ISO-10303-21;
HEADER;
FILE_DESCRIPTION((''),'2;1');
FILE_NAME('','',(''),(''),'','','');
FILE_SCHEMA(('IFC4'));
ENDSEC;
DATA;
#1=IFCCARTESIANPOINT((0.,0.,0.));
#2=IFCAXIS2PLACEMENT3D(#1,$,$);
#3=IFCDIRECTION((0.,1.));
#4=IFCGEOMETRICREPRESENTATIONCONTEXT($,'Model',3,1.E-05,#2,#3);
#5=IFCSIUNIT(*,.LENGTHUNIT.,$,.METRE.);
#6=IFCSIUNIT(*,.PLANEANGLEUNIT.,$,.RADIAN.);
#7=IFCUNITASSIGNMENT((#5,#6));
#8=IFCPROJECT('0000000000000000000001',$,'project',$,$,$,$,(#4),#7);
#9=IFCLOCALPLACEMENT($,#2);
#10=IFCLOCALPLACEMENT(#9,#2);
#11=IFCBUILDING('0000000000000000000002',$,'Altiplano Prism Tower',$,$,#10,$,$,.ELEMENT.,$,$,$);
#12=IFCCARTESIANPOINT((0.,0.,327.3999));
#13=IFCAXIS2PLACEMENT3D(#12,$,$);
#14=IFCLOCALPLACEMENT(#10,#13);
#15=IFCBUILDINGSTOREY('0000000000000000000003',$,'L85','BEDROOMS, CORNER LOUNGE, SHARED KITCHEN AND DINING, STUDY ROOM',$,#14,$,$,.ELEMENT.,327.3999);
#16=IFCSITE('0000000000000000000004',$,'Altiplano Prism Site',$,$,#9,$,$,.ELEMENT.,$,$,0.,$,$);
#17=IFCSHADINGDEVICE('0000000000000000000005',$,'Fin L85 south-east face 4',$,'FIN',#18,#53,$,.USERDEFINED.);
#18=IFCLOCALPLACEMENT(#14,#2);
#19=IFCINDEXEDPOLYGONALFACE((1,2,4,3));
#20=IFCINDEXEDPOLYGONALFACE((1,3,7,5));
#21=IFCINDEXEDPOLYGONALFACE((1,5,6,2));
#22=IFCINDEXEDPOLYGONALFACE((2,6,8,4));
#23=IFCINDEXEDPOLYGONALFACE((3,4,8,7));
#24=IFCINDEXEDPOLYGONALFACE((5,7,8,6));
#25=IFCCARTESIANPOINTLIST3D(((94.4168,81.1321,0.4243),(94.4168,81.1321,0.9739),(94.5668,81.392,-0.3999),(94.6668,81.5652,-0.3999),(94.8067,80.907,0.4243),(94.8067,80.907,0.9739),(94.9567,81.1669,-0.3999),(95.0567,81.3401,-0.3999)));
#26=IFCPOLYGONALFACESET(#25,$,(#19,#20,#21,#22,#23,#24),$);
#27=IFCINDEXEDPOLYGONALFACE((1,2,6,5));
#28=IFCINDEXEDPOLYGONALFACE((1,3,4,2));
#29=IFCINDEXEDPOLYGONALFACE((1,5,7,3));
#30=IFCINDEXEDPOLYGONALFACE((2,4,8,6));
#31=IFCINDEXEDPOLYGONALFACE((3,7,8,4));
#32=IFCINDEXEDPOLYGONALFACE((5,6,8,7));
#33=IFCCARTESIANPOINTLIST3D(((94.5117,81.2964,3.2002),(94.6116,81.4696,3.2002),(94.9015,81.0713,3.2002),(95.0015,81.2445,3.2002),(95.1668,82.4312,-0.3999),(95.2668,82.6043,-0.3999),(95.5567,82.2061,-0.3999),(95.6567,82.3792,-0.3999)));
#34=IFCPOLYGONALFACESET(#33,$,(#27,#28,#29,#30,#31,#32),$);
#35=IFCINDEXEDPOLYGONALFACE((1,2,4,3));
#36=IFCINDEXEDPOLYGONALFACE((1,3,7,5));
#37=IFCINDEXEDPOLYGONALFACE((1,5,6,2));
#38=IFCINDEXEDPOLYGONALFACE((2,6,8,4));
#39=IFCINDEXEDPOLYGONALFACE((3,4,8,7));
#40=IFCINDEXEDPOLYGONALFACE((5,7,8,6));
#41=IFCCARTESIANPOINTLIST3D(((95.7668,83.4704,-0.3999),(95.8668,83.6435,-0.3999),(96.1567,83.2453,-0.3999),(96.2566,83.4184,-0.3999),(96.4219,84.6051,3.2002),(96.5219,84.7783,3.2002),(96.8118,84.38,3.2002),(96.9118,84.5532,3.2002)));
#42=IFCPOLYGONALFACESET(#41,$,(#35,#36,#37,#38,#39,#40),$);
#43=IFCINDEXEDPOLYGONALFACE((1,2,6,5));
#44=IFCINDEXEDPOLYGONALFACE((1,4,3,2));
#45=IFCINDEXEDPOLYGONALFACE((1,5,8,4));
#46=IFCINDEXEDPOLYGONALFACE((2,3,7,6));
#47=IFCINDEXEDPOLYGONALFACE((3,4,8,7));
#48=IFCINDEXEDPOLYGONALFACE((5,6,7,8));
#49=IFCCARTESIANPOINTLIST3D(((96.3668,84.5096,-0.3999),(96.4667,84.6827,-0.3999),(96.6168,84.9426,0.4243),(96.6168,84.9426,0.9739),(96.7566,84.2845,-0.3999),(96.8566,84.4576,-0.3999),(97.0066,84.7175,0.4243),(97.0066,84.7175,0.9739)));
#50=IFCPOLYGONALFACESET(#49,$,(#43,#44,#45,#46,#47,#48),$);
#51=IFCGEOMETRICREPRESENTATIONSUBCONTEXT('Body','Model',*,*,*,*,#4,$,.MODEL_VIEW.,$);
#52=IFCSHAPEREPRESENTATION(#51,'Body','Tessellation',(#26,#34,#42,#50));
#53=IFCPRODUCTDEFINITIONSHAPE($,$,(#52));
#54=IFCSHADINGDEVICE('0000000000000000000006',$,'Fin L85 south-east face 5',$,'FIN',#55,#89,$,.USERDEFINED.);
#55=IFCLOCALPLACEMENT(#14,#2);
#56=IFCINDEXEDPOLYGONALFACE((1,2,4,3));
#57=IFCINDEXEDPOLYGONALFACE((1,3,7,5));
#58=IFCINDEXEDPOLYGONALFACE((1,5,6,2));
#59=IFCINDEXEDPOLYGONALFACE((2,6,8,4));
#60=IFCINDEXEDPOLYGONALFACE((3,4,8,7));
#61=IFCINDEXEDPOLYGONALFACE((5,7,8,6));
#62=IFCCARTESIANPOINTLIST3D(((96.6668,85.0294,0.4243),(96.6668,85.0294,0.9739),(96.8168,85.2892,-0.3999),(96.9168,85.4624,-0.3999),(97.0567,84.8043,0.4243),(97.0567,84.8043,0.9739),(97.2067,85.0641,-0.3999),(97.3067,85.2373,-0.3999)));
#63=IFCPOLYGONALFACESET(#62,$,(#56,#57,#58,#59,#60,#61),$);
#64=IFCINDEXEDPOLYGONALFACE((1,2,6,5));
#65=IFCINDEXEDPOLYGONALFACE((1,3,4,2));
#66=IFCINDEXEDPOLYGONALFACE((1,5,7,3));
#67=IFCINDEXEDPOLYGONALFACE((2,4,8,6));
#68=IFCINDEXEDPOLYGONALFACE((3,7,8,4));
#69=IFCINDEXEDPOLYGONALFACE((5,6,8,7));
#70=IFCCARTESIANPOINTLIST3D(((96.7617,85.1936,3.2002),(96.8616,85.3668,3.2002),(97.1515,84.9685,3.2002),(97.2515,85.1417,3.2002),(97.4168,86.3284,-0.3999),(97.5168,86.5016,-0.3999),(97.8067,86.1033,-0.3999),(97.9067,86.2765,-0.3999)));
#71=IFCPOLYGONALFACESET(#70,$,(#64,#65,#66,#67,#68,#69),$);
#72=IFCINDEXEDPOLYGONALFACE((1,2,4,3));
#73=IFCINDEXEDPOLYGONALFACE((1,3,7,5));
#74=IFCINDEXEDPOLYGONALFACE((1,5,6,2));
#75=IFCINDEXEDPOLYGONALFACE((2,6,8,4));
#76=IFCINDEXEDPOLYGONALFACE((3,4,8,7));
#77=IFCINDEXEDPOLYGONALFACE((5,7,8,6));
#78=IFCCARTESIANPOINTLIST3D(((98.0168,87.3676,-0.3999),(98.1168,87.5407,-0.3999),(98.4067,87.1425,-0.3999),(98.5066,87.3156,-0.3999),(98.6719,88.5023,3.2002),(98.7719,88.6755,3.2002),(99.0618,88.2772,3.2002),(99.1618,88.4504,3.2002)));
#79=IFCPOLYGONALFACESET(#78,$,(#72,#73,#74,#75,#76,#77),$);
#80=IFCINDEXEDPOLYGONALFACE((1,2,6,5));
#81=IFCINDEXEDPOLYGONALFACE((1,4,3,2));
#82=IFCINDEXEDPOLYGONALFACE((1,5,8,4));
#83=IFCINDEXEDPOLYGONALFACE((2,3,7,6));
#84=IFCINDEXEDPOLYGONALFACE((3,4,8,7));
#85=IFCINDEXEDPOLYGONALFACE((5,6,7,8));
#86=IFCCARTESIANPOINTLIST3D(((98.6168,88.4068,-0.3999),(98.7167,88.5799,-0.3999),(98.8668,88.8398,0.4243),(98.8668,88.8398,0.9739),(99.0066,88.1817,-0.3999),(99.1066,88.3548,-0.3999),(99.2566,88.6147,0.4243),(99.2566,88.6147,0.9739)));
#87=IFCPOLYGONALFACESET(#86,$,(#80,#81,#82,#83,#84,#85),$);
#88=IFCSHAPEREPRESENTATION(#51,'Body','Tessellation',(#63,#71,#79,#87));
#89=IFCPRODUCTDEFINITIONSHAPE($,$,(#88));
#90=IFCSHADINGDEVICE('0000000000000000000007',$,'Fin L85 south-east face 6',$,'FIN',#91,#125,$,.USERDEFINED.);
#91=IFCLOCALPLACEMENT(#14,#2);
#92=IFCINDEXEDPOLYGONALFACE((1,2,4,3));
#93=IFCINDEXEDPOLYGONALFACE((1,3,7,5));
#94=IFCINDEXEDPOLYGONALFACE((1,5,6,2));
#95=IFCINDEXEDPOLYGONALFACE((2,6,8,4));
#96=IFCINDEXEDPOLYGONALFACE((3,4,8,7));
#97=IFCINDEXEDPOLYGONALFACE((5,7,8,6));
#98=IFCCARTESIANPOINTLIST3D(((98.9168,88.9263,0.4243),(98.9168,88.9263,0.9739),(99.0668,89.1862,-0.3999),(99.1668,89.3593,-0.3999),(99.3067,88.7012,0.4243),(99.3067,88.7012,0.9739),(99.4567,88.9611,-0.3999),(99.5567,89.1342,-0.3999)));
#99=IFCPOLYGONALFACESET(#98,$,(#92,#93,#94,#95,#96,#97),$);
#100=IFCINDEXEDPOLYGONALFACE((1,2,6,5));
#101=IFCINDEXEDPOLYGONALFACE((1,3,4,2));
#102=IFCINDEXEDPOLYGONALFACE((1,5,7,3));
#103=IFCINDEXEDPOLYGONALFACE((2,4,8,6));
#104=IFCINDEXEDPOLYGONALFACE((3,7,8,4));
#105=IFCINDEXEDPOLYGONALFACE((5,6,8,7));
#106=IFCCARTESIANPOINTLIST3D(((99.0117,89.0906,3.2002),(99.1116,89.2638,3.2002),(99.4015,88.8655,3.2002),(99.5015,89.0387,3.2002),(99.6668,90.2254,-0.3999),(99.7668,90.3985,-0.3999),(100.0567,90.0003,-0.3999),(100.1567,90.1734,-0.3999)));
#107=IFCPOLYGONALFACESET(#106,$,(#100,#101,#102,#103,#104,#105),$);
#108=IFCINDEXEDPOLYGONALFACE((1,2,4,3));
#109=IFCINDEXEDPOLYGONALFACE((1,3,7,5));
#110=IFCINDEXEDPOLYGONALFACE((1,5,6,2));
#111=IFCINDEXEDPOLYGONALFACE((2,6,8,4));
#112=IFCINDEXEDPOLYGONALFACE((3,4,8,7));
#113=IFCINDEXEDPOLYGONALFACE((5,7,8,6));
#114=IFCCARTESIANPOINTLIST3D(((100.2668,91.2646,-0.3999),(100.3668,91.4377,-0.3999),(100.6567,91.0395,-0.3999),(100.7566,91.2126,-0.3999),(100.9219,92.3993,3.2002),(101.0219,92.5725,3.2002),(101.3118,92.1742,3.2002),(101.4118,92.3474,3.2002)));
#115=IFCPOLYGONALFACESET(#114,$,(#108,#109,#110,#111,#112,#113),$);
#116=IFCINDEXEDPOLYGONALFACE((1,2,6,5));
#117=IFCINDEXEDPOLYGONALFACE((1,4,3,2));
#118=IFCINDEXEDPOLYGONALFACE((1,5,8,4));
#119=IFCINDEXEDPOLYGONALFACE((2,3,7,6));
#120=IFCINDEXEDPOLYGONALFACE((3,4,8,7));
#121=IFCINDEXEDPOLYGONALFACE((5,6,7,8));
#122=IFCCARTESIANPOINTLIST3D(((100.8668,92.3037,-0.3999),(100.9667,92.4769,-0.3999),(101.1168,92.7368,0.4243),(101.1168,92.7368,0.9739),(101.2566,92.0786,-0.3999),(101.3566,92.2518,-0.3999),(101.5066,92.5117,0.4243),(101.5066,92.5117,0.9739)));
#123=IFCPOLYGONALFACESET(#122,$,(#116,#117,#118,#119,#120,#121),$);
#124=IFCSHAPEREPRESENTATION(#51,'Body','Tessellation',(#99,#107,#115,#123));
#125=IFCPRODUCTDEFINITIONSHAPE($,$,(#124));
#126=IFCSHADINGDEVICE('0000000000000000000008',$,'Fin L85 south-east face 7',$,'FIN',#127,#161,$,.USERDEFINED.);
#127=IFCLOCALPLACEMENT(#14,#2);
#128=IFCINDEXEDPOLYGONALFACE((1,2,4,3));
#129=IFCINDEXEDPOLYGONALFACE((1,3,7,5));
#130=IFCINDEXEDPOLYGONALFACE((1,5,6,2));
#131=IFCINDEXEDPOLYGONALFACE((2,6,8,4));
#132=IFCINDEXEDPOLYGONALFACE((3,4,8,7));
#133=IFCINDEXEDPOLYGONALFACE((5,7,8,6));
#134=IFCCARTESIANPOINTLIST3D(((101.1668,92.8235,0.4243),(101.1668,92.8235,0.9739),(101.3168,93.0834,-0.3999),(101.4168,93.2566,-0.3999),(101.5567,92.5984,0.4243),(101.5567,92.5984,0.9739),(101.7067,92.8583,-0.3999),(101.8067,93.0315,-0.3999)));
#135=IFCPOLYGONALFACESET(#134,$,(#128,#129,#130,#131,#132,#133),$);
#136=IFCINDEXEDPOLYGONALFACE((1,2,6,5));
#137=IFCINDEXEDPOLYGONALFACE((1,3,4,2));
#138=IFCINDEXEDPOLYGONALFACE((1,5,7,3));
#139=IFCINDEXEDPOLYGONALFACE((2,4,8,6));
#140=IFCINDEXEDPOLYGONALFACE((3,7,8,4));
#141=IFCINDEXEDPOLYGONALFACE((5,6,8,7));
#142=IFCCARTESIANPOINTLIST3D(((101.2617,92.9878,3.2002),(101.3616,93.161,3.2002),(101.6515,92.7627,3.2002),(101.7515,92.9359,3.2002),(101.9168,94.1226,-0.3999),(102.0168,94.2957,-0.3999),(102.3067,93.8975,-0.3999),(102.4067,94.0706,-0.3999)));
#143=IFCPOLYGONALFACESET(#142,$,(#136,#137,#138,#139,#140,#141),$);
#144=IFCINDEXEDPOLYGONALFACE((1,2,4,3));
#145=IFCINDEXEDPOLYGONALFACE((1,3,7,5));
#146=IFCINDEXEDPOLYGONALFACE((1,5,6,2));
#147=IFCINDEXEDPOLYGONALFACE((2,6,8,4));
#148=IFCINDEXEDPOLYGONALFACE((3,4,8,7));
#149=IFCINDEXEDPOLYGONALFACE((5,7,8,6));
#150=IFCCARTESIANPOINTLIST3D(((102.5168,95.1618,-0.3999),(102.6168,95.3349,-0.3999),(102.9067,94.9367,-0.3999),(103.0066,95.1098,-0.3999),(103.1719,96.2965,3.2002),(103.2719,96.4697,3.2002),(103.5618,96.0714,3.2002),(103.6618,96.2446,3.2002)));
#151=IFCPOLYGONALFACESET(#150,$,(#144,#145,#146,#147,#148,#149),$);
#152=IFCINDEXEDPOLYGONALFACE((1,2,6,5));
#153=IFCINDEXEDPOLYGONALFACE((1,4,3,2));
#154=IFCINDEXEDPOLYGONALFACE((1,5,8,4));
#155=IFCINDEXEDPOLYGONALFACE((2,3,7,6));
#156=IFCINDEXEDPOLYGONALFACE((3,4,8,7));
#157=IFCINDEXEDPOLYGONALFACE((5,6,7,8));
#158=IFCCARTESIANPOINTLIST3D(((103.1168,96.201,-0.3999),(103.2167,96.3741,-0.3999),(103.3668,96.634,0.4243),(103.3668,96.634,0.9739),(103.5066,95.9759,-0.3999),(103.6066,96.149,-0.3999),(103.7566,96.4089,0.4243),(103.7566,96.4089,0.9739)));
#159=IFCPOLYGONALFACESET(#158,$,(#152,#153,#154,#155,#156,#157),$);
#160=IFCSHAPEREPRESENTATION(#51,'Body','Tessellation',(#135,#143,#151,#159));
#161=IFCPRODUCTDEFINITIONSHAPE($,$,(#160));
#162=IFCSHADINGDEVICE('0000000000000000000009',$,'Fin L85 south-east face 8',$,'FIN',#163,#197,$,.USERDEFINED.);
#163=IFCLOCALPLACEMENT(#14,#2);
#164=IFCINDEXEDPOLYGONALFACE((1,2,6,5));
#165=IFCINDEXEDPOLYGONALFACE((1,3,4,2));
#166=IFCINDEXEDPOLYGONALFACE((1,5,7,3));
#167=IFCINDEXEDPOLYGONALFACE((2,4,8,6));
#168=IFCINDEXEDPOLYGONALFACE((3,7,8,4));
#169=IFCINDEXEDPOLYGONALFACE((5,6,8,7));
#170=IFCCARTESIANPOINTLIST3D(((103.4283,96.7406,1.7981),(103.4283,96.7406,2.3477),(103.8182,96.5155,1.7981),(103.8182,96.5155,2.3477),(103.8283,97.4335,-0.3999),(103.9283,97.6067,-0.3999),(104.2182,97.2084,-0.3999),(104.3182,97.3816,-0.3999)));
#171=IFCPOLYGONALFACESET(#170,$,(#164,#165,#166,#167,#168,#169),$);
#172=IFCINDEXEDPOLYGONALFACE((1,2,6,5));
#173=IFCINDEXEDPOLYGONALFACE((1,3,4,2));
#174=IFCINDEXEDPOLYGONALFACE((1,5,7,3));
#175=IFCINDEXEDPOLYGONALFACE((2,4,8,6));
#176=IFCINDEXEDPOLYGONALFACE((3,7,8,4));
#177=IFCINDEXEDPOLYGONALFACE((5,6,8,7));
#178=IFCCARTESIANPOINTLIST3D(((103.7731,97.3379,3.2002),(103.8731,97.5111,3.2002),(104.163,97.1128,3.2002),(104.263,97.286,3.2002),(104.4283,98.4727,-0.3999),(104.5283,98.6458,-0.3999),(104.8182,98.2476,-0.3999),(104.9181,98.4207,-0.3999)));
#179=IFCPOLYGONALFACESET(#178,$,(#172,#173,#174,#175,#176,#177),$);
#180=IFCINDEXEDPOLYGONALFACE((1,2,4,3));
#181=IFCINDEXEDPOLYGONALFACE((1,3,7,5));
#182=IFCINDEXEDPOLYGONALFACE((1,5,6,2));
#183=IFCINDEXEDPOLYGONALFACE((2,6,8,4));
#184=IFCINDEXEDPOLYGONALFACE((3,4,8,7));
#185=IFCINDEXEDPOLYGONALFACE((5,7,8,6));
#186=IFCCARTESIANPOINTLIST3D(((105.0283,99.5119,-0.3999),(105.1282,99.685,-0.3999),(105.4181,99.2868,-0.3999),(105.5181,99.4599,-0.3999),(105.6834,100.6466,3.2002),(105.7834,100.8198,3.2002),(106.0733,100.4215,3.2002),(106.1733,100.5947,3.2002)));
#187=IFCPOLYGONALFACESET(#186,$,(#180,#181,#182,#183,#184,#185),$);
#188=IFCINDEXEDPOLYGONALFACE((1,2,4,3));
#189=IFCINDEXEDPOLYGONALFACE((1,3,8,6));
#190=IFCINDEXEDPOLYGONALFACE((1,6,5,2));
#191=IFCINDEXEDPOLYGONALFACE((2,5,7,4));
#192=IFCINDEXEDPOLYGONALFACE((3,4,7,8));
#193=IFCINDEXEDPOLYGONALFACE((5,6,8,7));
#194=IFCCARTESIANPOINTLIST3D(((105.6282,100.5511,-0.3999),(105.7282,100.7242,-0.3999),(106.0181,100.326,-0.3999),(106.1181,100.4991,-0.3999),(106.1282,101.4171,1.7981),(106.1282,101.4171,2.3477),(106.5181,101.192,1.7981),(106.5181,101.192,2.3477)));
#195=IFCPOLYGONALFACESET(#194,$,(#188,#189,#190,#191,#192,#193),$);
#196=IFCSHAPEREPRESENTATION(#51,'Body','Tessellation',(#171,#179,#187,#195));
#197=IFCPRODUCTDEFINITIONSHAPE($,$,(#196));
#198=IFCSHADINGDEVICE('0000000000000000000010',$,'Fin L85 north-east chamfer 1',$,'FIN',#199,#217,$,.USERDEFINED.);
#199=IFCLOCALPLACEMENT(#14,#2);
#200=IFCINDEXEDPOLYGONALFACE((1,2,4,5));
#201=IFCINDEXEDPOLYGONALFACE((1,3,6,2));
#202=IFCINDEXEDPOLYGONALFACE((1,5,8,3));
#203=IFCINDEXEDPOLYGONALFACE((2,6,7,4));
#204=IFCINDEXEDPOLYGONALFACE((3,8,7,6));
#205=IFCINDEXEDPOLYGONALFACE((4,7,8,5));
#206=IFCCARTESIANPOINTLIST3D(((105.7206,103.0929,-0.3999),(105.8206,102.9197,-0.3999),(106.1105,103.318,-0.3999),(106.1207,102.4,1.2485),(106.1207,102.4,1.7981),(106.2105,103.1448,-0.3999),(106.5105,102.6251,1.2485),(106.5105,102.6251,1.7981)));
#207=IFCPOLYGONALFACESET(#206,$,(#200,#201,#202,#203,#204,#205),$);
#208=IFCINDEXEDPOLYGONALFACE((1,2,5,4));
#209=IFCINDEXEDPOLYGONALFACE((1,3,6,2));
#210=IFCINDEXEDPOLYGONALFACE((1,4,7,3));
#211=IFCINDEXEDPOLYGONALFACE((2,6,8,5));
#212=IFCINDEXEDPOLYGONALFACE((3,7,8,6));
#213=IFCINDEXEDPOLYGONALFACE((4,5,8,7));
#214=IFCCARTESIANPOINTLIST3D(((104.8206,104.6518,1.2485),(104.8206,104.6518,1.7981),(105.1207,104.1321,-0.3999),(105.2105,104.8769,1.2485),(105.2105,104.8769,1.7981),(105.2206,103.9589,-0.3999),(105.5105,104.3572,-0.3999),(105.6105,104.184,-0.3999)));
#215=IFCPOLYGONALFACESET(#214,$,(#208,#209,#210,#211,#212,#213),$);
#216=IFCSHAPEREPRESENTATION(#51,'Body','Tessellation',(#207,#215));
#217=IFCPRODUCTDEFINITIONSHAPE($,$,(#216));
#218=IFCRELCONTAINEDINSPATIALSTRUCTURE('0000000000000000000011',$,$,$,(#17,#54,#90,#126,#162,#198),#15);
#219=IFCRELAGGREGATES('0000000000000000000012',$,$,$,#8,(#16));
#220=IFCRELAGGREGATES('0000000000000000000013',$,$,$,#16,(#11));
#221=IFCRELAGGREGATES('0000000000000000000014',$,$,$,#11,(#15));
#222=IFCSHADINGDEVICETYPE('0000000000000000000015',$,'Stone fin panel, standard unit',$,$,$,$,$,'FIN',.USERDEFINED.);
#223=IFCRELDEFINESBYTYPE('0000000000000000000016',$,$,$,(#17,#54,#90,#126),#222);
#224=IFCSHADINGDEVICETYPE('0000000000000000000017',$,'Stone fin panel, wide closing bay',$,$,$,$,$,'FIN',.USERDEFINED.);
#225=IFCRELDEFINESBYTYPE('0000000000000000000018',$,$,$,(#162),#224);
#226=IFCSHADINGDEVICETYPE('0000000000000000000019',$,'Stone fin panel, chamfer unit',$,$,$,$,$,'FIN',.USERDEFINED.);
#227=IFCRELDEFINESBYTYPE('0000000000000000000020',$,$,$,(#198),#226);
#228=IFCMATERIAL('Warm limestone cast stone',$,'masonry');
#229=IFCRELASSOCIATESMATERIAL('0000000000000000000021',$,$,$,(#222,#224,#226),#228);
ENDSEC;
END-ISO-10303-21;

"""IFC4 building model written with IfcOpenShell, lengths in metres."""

from ifc_helpers import new_model, si_unit, direction, frame, origin, place, context, subcontext, project, spatial, polyline, outline, extrude, source, transform, mapped, material, type_object, element, save


model = new_model("IFC4")

# Units and contexts
model_context = context("Model", 3, precision=1e-05, world=origin(), true_north=direction((0.0, 1.0)))
body_context = subcontext(model_context, "Body", "Model", "MODEL_VIEW")
ifc_project = project(units=[si_unit("LENGTHUNIT", "METRE"), si_unit("PLANEANGLEUNIT", "RADIAN")], contexts=[model_context])

# Site, building, storey
site_placement = place(None, origin())
site = spatial("IfcSite", under=ifc_project, at=site_placement, Name="Altiplano Prism Site", CompositionType="ELEMENT", RefElevation=0.0)
building_placement = place(site_placement, origin())
building = spatial("IfcBuilding", under=site, at=building_placement, Name="Altiplano Prism Tower", CompositionType="ELEMENT")
storey_placement = place(building_placement, frame((0.0, 0.0, 327.3999)))
storey = spatial("IfcBuildingStorey", under=building, at=storey_placement, Name="L85", Description="BEDROOMS, CORNER LOUNGE, SHARED KITCHEN AND DINING, STUDY ROOM", CompositionType="ELEMENT", Elevation=327.3999)

# Shading devices
ifc_material_1 = material(Name="Warm limestone cast stone", Category="masonry")
shading_device_type_1 = type_object("IfcShadingDeviceType", Name="Stone fin panel, standard unit", ElementType="FIN", PredefinedType="USERDEFINED", material=ifc_material_1)
shared_shape_1 = source(origin(), body_context, "Body", "SweptSolid", [
    extrude(outline(polyline([(-2.2, 1.3738), (-2.2, 0.8242), (-1.8999, 0.0), (-1.7, 0.0), (-2.2, 1.3738)])), frame((0.0, -0.1499, 0.0), z_axis=(0.0, -1.0, 0.0), x_axis=(1.0, 0.0, 0.0)), (0.0, 0.0, 1.0), 0.4502),
    extrude(outline(polyline([(-2.0103, 3.6001), (-0.7, 0.0), (-0.5, 0.0), (-1.8103, 3.6001), (-2.0103, 3.6001)])), frame((0.0, -0.1499, 0.0), z_axis=(0.0, -1.0, 0.0), x_axis=(1.0, 0.0, 0.0)), (0.0, 0.0, 1.0), 0.4502),
    extrude(outline(polyline([(1.8103, 3.6001), (0.5, 0.0), (0.7, 0.0), (2.0103, 3.6001), (1.8103, 3.6001)])), frame((0.0, -0.1499, 0.0), z_axis=(0.0, -1.0, 0.0), x_axis=(1.0, 0.0, 0.0)), (0.0, 0.0, 1.0), 0.4502),
    extrude(outline(polyline([(2.2, 0.8242), (2.2, 1.3738), (1.7, 0.0), (1.8999, 0.0), (2.2, 0.8242)])), frame((0.0, -0.1499, 0.0), z_axis=(0.0, -1.0, 0.0), x_axis=(1.0, 0.0, 0.0)), (0.0, 0.0, 1.0), 0.4502),
])
shading_device_1_placement = place(storey_placement, origin())
element("IfcShadingDevice", 1, at=shading_device_1_placement, inside=storey, type_object=shading_device_type_1, Name="Fin L85 south-east face 4", ObjectType="FIN", PredefinedType="USERDEFINED", context=body_context, shape_type="MappedRepresentation", body=[
    mapped(shared_shape_1, transform((95.387, 83.1123, -0.3999), x_axis=(0.5, 0.866025, 0.0), y_axis=(-0.866025, 0.5, 0.0), z_axis=(0.0, 0.0, 1.0))),
])
shading_device_2_placement = place(storey_placement, origin())
element("IfcShadingDevice", 2, at=shading_device_2_placement, inside=storey, type_object=shading_device_type_1, Name="Fin L85 south-east face 5", ObjectType="FIN", PredefinedType="USERDEFINED", context=body_context, shape_type="MappedRepresentation", body=[
    mapped(shared_shape_1, transform((97.637, 87.0095, -0.3999), x_axis=(0.5, 0.866025, 0.0), y_axis=(-0.866025, 0.5, 0.0), z_axis=(0.0, 0.0, 1.0))),
])
shading_device_3_placement = place(storey_placement, origin())
element("IfcShadingDevice", 3, at=shading_device_3_placement, inside=storey, type_object=shading_device_type_1, Name="Fin L85 south-east face 6", ObjectType="FIN", PredefinedType="USERDEFINED", context=body_context, shape_type="MappedRepresentation", body=[
    mapped(shared_shape_1, transform((99.887, 90.9065, -0.3999), x_axis=(0.5, 0.866025, 0.0), y_axis=(-0.866025, 0.5, 0.0), z_axis=(0.0, 0.0, 1.0))),
])
shading_device_4_placement = place(storey_placement, origin())
element("IfcShadingDevice", 4, at=shading_device_4_placement, inside=storey, type_object=shading_device_type_1, Name="Fin L85 south-east face 7", ObjectType="FIN", PredefinedType="USERDEFINED", context=body_context, shape_type="MappedRepresentation", body=[
    mapped(shared_shape_1, transform((102.137, 94.8037, -0.3999), x_axis=(0.5, 0.866025, 0.0), y_axis=(-0.866025, 0.5, 0.0), z_axis=(0.0, 0.0, 1.0))),
])
shading_device_type_2 = type_object("IfcShadingDeviceType", Name="Stone fin panel, wide closing bay", ElementType="FIN", PredefinedType="USERDEFINED", material=ifc_material_1)
shared_shape_2 = source(origin(), body_context, "Body", "SweptSolid", [
    extrude(outline(polyline([(-2.7, 2.7476), (-2.7, 2.198), (-1.8999, 0.0), (-1.7, 0.0), (-2.7, 2.7476)])), frame((0.0, -0.1499, 0.0), z_axis=(0.0, -1.0, 0.0), x_axis=(1.0, 0.0, 0.0)), (0.0, 0.0, 1.0), 0.4502),
    extrude(outline(polyline([(-2.0103, 3.6001), (-0.7, 0.0), (-0.5, 0.0), (-1.8103, 3.6001), (-2.0103, 3.6001)])), frame((0.0, -0.1499, 0.0), z_axis=(0.0, -1.0, 0.0), x_axis=(1.0, 0.0, 0.0)), (0.0, 0.0, 1.0), 0.4502),
    extrude(outline(polyline([(1.8103, 3.6001), (0.5, 0.0), (0.7, 0.0), (2.0103, 3.6001), (1.8103, 3.6001)])), frame((0.0, -0.1499, 0.0), z_axis=(0.0, -1.0, 0.0), x_axis=(1.0, 0.0, 0.0)), (0.0, 0.0, 1.0), 0.4502),
    extrude(outline(polyline([(2.7, 2.198), (2.7, 2.7476), (1.7, 0.0), (1.8999, 0.0), (2.7, 2.198)])), frame((0.0, -0.1499, 0.0), z_axis=(0.0, -1.0, 0.0), x_axis=(1.0, 0.0, 0.0)), (0.0, 0.0, 1.0), 0.4502),
])
shading_device_5_placement = place(storey_placement, origin())
element("IfcShadingDevice", 5, at=shading_device_5_placement, inside=storey, type_object=shading_device_type_2, Name="Fin L85 south-east face 8", ObjectType="FIN", PredefinedType="USERDEFINED", context=body_context, shape_type="MappedRepresentation", body=[
    mapped(shared_shape_2, transform((104.6484, 99.1538, -0.3999), x_axis=(0.5, 0.866025, 0.0), y_axis=(-0.866025, 0.5, 0.0), z_axis=(0.0, 0.0, 1.0))),
])
shading_device_type_3 = type_object("IfcShadingDeviceType", Name="Stone fin panel, chamfer unit", ElementType="FIN", PredefinedType="USERDEFINED", material=ifc_material_1)
shared_shape_3 = source(origin(), body_context, "Body", "SweptSolid", [
    extrude(outline(polyline([(-1.3, 2.198), (-1.3, 1.6484), (-0.7, 0.0), (-0.5, 0.0), (-1.3, 2.198)])), frame((0.0, -0.1499, 0.0), z_axis=(0.0, -1.0, 0.0), x_axis=(1.0, 0.0, 0.0)), (0.0, 0.0, 1.0), 0.4502),
    extrude(outline(polyline([(1.3, 1.6484), (1.3, 2.198), (0.5, 0.0), (0.7, 0.0), (1.3, 1.6484)])), frame((0.0, -0.1499, 0.0), z_axis=(0.0, -1.0, 0.0), x_axis=(1.0, 0.0, 0.0)), (0.0, 0.0, 1.0), 0.4502),
])
shading_device_6_placement = place(storey_placement, origin())
element("IfcShadingDevice", 6, at=shading_device_6_placement, inside=storey, type_object=shading_device_type_3, Name="Fin L85 north-east chamfer 1", ObjectType="FIN", PredefinedType="USERDEFINED", context=body_context, shape_type="MappedRepresentation", body=[
    mapped(shared_shape_3, transform((105.3408, 103.4509, -0.3999), x_axis=(-0.5, 0.866025, 0.0), y_axis=(-0.866025, -0.5, 0.0), z_axis=(0.0, 0.0, 1.0))),
])

save(model, "model.ifc")
